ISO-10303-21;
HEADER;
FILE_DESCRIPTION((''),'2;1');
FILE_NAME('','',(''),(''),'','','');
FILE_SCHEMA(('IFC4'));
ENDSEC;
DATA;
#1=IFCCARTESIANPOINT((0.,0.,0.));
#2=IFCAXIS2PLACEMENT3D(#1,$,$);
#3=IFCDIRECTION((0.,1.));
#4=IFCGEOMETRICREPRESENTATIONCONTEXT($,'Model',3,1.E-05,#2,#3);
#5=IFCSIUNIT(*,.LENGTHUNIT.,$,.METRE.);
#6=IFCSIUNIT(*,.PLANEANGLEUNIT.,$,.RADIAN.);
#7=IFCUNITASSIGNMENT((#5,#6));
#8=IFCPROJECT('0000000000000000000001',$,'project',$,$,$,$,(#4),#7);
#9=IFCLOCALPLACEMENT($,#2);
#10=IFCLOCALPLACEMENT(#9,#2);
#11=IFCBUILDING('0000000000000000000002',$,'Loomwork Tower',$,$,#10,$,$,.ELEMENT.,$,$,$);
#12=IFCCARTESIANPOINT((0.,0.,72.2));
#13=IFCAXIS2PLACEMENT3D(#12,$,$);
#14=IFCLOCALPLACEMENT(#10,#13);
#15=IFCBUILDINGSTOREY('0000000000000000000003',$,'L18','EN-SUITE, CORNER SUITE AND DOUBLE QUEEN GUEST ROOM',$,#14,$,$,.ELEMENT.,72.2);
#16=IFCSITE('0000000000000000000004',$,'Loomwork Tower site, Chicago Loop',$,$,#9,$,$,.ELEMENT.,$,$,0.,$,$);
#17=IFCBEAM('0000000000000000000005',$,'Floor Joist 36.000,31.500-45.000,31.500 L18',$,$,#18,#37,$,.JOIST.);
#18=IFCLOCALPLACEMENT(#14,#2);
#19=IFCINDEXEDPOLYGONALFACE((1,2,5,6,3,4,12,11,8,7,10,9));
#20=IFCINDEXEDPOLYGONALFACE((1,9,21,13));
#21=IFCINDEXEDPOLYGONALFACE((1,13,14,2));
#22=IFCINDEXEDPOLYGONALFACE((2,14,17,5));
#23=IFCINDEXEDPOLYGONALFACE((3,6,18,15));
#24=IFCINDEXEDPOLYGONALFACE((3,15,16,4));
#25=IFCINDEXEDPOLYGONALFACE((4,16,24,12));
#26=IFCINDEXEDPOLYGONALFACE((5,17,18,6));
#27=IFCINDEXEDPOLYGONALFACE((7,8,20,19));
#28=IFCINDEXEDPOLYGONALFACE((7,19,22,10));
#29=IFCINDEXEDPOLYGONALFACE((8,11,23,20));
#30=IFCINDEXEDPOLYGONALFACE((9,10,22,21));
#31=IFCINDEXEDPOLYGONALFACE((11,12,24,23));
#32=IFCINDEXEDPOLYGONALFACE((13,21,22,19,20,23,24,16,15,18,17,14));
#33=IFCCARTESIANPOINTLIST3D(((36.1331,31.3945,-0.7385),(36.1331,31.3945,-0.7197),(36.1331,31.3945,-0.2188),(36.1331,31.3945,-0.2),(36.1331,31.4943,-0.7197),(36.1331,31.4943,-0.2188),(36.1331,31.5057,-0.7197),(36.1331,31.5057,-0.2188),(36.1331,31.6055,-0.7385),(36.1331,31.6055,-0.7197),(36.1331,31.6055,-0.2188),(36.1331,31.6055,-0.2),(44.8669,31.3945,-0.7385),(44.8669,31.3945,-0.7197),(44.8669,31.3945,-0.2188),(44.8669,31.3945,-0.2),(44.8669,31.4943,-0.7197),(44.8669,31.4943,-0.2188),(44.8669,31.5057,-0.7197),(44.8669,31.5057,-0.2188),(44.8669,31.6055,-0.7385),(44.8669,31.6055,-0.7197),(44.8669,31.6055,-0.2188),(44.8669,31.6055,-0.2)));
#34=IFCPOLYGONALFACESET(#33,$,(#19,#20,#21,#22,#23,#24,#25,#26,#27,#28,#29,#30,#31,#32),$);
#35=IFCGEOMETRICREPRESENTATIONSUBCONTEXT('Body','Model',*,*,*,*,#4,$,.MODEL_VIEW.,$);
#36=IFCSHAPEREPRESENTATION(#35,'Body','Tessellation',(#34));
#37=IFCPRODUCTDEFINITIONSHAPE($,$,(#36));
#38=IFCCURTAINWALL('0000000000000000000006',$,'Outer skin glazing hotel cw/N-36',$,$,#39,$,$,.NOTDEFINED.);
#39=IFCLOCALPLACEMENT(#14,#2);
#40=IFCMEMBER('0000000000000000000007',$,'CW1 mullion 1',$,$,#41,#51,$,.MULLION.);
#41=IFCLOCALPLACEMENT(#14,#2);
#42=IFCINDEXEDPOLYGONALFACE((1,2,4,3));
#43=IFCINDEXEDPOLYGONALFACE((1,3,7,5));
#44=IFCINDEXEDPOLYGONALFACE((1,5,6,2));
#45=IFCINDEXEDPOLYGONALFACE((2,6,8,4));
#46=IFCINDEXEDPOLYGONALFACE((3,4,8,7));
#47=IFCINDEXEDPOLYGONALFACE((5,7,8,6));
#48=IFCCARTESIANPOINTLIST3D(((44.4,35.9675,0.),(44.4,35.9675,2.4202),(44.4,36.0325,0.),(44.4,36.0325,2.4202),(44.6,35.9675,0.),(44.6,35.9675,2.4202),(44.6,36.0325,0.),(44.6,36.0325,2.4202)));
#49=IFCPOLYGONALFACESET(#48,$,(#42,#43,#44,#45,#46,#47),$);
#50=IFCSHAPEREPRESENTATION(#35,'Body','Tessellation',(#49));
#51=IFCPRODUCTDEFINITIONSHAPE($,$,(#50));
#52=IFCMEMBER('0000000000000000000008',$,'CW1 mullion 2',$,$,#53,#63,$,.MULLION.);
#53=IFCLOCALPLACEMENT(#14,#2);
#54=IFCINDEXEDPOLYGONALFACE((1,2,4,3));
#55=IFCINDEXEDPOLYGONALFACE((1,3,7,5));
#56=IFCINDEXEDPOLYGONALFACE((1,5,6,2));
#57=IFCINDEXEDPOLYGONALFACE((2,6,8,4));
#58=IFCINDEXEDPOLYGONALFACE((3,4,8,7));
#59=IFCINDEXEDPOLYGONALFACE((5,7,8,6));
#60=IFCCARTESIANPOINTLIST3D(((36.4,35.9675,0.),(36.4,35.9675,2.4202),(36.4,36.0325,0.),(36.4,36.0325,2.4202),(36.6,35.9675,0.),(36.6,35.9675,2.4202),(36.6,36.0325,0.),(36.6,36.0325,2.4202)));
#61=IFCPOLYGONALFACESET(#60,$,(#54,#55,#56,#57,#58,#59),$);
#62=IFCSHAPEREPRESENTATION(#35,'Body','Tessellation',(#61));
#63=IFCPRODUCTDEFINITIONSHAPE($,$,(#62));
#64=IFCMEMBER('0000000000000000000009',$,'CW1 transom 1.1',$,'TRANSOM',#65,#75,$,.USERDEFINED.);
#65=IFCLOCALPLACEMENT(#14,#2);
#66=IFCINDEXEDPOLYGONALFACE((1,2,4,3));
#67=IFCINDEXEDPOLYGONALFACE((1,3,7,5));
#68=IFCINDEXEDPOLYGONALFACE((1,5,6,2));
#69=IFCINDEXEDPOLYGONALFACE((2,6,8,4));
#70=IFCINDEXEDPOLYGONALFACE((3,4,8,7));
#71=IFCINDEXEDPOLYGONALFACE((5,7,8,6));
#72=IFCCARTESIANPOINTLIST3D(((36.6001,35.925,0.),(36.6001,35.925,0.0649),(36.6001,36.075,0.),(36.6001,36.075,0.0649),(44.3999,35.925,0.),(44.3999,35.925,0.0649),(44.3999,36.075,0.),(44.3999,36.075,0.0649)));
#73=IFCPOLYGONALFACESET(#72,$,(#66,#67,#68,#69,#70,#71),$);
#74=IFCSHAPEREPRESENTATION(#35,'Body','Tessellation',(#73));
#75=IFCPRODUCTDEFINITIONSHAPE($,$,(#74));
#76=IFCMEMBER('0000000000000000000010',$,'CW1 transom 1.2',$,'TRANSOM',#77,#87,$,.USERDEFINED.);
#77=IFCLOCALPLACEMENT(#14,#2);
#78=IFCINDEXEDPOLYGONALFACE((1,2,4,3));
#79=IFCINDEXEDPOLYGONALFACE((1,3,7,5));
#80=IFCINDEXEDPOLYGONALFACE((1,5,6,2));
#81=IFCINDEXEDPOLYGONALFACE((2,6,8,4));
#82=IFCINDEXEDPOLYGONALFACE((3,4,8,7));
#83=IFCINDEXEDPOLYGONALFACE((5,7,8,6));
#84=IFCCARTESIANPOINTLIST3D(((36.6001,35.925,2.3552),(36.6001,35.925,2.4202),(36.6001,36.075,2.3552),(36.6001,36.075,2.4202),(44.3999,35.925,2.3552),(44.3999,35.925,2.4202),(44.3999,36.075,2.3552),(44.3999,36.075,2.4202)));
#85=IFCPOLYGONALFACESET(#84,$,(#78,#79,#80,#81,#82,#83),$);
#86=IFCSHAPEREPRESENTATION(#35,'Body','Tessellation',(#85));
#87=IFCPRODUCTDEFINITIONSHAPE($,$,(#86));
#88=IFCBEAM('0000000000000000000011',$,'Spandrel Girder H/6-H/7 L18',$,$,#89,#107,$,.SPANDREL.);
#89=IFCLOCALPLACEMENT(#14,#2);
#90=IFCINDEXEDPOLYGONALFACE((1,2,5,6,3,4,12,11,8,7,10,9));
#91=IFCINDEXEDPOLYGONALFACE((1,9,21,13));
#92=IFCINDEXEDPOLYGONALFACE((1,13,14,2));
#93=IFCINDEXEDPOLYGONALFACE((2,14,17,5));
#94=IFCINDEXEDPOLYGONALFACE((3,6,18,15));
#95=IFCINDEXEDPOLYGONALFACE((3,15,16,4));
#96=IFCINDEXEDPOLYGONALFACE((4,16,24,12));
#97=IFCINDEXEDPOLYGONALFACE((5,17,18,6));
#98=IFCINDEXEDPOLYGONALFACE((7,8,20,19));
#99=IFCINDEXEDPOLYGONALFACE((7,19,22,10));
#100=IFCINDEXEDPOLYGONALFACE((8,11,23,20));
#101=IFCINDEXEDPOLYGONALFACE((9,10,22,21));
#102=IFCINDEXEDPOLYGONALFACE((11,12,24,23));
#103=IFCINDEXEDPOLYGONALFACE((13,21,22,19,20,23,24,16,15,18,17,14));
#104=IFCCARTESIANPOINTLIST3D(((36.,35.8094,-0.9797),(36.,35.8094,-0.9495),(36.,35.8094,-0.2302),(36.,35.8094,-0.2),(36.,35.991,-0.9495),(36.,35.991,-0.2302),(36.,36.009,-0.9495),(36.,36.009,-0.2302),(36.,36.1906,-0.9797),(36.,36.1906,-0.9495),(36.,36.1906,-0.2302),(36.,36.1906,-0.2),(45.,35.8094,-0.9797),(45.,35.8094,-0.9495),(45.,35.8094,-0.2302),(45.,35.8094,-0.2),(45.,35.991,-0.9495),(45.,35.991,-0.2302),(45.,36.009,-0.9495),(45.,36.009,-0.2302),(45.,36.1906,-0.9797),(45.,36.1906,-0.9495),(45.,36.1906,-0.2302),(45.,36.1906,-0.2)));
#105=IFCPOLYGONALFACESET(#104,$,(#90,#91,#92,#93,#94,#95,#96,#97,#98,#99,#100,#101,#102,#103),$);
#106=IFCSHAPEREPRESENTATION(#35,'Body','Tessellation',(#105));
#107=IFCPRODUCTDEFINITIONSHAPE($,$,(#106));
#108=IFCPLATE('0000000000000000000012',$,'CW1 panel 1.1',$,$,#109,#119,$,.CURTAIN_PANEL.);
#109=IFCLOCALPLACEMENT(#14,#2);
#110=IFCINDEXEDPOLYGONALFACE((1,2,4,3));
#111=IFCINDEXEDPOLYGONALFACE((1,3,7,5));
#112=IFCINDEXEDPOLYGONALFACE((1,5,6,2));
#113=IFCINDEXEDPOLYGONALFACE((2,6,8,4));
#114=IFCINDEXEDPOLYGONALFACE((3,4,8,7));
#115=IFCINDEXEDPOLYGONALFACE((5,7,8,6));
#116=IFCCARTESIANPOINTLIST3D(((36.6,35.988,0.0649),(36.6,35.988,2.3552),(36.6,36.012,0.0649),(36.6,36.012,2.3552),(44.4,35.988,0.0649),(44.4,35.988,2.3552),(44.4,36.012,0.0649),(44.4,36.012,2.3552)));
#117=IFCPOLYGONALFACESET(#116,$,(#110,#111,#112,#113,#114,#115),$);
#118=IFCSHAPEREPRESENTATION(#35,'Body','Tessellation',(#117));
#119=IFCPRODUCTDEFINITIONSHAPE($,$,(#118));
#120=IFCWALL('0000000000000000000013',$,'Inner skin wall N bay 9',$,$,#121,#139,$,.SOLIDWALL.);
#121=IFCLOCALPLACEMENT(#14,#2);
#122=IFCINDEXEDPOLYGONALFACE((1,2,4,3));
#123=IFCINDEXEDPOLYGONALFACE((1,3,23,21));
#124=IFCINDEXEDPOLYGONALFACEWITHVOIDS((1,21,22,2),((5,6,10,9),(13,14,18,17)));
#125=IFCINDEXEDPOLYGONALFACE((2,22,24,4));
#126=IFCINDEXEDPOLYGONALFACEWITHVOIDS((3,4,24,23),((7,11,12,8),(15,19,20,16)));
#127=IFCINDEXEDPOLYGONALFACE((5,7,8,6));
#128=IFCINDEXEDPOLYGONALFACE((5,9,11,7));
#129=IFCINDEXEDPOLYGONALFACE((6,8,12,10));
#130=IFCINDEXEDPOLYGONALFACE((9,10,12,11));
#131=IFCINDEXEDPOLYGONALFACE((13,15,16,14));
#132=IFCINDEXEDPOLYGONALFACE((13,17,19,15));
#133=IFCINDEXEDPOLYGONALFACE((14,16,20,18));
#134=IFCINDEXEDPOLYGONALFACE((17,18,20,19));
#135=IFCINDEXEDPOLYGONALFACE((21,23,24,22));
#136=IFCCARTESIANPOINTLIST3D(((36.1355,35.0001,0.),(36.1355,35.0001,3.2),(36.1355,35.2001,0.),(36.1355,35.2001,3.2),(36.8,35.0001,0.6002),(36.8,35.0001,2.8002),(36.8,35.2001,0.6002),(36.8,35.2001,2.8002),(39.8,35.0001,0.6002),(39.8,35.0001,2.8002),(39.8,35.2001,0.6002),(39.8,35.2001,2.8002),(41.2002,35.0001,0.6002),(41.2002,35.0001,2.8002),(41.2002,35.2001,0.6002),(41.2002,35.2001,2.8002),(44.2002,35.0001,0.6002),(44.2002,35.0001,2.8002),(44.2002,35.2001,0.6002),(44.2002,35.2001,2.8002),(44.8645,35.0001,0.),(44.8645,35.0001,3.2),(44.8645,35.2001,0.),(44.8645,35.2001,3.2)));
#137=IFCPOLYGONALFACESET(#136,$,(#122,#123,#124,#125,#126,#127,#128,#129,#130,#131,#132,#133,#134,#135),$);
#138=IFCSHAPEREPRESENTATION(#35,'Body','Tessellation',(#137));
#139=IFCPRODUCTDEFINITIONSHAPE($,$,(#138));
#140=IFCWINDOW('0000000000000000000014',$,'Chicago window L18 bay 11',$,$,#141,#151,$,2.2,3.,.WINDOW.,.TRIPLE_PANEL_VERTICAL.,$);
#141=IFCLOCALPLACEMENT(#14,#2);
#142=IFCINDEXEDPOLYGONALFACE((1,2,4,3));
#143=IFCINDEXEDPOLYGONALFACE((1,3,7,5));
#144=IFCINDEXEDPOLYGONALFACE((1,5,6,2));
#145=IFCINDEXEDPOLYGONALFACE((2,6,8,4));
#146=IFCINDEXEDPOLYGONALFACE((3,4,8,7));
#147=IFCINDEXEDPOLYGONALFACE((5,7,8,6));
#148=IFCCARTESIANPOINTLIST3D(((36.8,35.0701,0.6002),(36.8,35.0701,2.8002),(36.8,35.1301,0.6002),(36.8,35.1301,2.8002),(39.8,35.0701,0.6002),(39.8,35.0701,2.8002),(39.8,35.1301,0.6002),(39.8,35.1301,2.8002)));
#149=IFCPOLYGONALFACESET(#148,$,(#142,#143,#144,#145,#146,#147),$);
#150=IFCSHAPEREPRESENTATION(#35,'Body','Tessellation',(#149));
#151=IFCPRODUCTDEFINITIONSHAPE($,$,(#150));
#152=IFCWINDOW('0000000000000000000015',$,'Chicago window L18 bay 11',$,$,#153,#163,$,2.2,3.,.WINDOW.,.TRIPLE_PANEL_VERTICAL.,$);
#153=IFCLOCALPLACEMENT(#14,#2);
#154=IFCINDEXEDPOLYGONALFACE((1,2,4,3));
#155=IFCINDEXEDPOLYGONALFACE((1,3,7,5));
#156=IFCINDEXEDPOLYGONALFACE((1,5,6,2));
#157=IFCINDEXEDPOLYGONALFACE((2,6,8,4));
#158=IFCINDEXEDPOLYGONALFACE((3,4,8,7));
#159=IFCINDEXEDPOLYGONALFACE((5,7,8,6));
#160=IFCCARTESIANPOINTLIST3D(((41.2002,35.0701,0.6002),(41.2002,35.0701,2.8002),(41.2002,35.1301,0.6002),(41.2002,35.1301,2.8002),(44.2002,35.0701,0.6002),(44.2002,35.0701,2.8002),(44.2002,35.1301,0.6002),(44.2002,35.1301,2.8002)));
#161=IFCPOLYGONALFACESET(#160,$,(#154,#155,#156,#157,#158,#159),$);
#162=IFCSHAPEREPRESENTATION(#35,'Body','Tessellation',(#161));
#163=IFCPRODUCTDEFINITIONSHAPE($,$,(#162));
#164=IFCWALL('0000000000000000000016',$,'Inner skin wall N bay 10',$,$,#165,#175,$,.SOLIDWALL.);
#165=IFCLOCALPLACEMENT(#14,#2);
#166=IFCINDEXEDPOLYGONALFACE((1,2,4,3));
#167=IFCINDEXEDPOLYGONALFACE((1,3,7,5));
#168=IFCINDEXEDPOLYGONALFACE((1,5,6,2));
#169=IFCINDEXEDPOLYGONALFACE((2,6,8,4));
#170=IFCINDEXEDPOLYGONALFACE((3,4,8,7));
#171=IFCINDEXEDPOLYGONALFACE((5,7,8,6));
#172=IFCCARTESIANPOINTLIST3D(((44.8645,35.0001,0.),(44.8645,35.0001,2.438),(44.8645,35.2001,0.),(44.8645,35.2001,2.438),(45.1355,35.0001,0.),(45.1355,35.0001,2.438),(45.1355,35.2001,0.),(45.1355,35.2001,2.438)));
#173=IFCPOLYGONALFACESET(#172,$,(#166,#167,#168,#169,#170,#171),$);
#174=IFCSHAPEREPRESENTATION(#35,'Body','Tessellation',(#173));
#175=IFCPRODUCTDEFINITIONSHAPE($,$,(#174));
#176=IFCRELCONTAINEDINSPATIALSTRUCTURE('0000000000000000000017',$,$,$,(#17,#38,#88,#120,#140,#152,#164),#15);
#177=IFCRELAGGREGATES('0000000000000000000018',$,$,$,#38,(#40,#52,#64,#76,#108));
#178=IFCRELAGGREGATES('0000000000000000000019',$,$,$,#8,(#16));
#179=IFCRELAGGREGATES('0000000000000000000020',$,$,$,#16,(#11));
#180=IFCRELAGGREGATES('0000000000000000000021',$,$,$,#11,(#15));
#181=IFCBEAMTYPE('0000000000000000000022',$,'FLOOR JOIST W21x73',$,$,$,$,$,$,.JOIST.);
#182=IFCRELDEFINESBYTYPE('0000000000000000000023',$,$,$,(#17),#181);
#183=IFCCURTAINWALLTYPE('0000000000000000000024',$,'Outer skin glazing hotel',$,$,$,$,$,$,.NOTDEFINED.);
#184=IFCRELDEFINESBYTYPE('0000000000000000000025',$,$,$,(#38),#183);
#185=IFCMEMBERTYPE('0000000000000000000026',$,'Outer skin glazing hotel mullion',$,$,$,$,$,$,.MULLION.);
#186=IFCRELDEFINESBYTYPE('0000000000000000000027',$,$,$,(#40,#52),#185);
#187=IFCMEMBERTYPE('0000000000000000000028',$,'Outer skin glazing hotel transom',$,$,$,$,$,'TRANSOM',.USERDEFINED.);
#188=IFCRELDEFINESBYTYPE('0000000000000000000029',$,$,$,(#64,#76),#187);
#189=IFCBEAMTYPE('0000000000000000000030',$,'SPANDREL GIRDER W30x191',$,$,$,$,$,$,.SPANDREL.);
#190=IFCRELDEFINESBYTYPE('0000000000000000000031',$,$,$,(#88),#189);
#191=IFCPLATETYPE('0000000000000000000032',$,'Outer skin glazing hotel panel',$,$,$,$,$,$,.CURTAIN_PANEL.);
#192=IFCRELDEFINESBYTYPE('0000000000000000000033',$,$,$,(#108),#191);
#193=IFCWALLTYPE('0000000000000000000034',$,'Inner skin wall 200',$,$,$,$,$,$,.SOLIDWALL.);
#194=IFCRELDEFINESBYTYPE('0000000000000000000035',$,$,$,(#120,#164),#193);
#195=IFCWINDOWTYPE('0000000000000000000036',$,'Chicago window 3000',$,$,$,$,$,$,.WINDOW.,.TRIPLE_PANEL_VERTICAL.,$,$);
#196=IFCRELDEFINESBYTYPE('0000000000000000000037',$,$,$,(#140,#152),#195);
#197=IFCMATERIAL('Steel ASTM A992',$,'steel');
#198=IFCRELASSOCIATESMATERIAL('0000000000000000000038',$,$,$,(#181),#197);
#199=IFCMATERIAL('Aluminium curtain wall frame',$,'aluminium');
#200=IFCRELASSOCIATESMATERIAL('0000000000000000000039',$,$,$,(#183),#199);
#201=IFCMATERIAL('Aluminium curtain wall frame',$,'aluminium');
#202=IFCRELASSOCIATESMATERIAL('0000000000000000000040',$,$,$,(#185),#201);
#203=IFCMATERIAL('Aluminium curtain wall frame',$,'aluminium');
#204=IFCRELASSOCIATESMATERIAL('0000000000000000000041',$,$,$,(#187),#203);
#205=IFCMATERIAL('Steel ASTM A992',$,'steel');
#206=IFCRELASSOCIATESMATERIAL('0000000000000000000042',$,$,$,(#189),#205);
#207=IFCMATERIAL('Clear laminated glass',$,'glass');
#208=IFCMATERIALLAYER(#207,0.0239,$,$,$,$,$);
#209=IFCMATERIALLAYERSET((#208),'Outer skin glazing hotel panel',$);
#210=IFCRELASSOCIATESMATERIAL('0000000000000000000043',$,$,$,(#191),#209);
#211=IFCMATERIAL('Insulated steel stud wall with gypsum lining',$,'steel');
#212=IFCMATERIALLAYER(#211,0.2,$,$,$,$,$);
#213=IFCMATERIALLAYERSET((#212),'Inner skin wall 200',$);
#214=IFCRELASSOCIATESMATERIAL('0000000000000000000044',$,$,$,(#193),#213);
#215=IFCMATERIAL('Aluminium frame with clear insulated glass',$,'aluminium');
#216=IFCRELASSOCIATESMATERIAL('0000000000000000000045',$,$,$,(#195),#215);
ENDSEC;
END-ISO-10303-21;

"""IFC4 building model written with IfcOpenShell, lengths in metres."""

from ifc_helpers import new_model, si_unit, direction, frame, frame_2d, origin, origin_2d, place, context, subcontext, project, spatial, rectangle, i_section, extrude, material, layer, layer_set, material_profile, profile_set, type_object, element, fill, aggregate, save


model = new_model("IFC4")

# Units and contexts
model_context = context("Model", 3, precision=1e-05, world=origin(), true_north=direction((0.0, 1.0)))
body_context = subcontext(model_context, "Body", "Model", "MODEL_VIEW")
ifc_project = project(units=[si_unit("LENGTHUNIT", "METRE"), si_unit("PLANEANGLEUNIT", "RADIAN")], contexts=[model_context])

# Site, building, storey
site_placement = place(None, origin())
site = spatial("IfcSite", under=ifc_project, at=site_placement, Name="Loomwork Tower site, Chicago Loop", CompositionType="ELEMENT", RefElevation=0.0)
building_placement = place(site_placement, origin())
building = spatial("IfcBuilding", under=site, at=building_placement, Name="Loomwork Tower", CompositionType="ELEMENT")
storey_placement = place(building_placement, frame((0.0, 0.0, 72.2)))
storey = spatial("IfcBuildingStorey", under=building, at=storey_placement, Name="L18", Description="EN-SUITE, CORNER SUITE AND DOUBLE QUEEN GUEST ROOM", CompositionType="ELEMENT", Elevation=72.2)

# Beam
ifc_material_1 = material(Name="Steel ASTM A992", Category="steel")
ifc_material_profile_1 = material_profile(ifc_material_1, i_section(OverallWidth=0.2109, OverallDepth=0.5386, WebThickness=0.0115, FlangeThickness=0.0188, at=origin_2d()), Name="W21x73")
ifc_profile_set_1 = profile_set([ifc_material_profile_1], Name="Steel ASTM A992")
beam_type_1 = type_object("IfcBeamType", Name="FLOOR JOIST W21x73", PredefinedType="JOIST", material=ifc_profile_set_1)
beam_1_placement = place(storey_placement, frame((36.1331, 31.5, -0.4692), z_axis=(1.0, 0.0, 0.0), x_axis=(0.0, 1.0, 0.0)))
element("IfcBeam", 1, at=beam_1_placement, inside=storey, type_object=beam_type_1, Name="Floor Joist 36.000,31.500-45.000,31.500 L18", PredefinedType="JOIST", context=body_context, shape_type="SweptSolid", body=[
    extrude(i_section(OverallWidth=0.2109, OverallDepth=0.5386, WebThickness=0.0115, FlangeThickness=0.0188, at=origin_2d()), origin(), (0.0, 0.0, 1.0), 8.7339),
])

# Curtain wall, members
ifc_material_2 = material(Name="Aluminium curtain wall frame", Category="aluminium")
curtain_wall_type = type_object("IfcCurtainWallType", Name="Outer skin glazing hotel", PredefinedType="NOTDEFINED", material=ifc_material_2)
curtain_wall_placement = place(storey_placement, origin())
curtain_wall = element("IfcCurtainWall", 2, at=curtain_wall_placement, inside=storey, type_object=curtain_wall_type, Name="Outer skin glazing hotel cw/N-36", PredefinedType="NOTDEFINED")
ifc_material_3 = material(Name="Aluminium curtain wall frame", Category="aluminium")
ifc_material_profile_2 = material_profile(ifc_material_3, rectangle(XDim=0.0649, YDim=0.2, at=origin_2d()), Name="AL 65x200")
ifc_profile_set_2 = profile_set([ifc_material_profile_2], Name="Aluminium curtain wall frame")
member_type_1 = type_object("IfcMemberType", Name="Outer skin glazing hotel mullion", PredefinedType="MULLION", material=ifc_profile_set_2)
member_1_placement = place(storey_placement, frame((44.5, 36.0, 0.0), z_axis=(0.0, 0.0, 1.0), x_axis=(0.0, -1.0, 0.0)))
member_1 = element("IfcMember", 3, at=member_1_placement, type_object=member_type_1, Name="CW1 mullion 1", PredefinedType="MULLION", context=body_context, shape_type="SweptSolid", body=[
    extrude(rectangle(XDim=0.0649, YDim=0.2, at=origin_2d()), origin(), (0.0, 0.0, 1.0), 2.4202),
])
member_2_placement = place(storey_placement, frame((36.5, 36.0, 0.0), z_axis=(0.0, 0.0, 1.0), x_axis=(0.0, -1.0, 0.0)))
member_2 = element("IfcMember", 4, at=member_2_placement, type_object=member_type_1, Name="CW1 mullion 2", PredefinedType="MULLION", context=body_context, shape_type="SweptSolid", body=[
    extrude(rectangle(XDim=0.0649, YDim=0.2, at=origin_2d()), origin(), (0.0, 0.0, 1.0), 2.4202),
])
ifc_material_4 = material(Name="Aluminium curtain wall frame", Category="aluminium")
ifc_material_profile_3 = material_profile(ifc_material_4, rectangle(XDim=0.1499, YDim=0.0649, at=origin_2d()), Name="AL 65x150")
ifc_profile_set_3 = profile_set([ifc_material_profile_3], Name="Aluminium curtain wall frame")
member_type_2 = type_object("IfcMemberType", Name="Outer skin glazing hotel transom", ElementType="TRANSOM", PredefinedType="USERDEFINED", material=ifc_profile_set_3)
member_3_placement = place(storey_placement, frame((44.3999, 36.0, 0.0325), z_axis=(-1.0, 0.0, 0.0), x_axis=(0.0, -1.0, 0.0)))
member_3 = element("IfcMember", 5, at=member_3_placement, type_object=member_type_2, Name="CW1 transom 1.1", ObjectType="TRANSOM", PredefinedType="USERDEFINED", context=body_context, shape_type="SweptSolid", body=[
    extrude(rectangle(XDim=0.1499, YDim=0.0649, at=origin_2d()), origin(), (0.0, 0.0, 1.0), 7.7998),
])
member_4_placement = place(storey_placement, frame((44.3999, 36.0, 2.3877), z_axis=(-1.0, 0.0, 0.0), x_axis=(0.0, -1.0, 0.0)))
member_4 = element("IfcMember", 6, at=member_4_placement, type_object=member_type_2, Name="CW1 transom 1.2", ObjectType="TRANSOM", PredefinedType="USERDEFINED", context=body_context, shape_type="SweptSolid", body=[
    extrude(rectangle(XDim=0.1499, YDim=0.0649, at=origin_2d()), origin(), (0.0, 0.0, 1.0), 7.7998),
])

# Beam
ifc_material_5 = material(Name="Steel ASTM A992", Category="steel")
ifc_material_profile_4 = material_profile(ifc_material_5, i_section(OverallWidth=0.3811, OverallDepth=0.7798, WebThickness=0.0181, FlangeThickness=0.0303, at=origin_2d()), Name="W30x191")
ifc_profile_set_4 = profile_set([ifc_material_profile_4], Name="Steel ASTM A992")
beam_type_2 = type_object("IfcBeamType", Name="SPANDREL GIRDER W30x191", PredefinedType="SPANDREL", material=ifc_profile_set_4)
beam_2_placement = place(storey_placement, frame((36.0, 36.0, -0.5898), z_axis=(1.0, 0.0, 0.0), x_axis=(0.0, 1.0, 0.0)))
element("IfcBeam", 7, at=beam_2_placement, inside=storey, type_object=beam_type_2, Name="Spandrel Girder H/6-H/7 L18", PredefinedType="SPANDREL", context=body_context, shape_type="SweptSolid", body=[
    extrude(i_section(OverallWidth=0.3811, OverallDepth=0.7798, WebThickness=0.0181, FlangeThickness=0.0303, at=origin_2d()), origin(), (0.0, 0.0, 1.0), 9.0),
])

# Plate
ifc_material_6 = material(Name="Clear laminated glass", Category="glass")
ifc_layer_1 = layer(ifc_material_6, 0.0239)
ifc_layer_set_1 = layer_set([ifc_layer_1], Name="Outer skin glazing hotel panel")
plate_type = type_object("IfcPlateType", Name="Outer skin glazing hotel panel", PredefinedType="CURTAIN_PANEL", material=ifc_layer_set_1)
plate_placement = place(storey_placement, frame((40.5, 36.0, 0.0649), z_axis=(0.0, 0.0, 1.0), x_axis=(-1.0, 0.0, 0.0)))
plate = element("IfcPlate", 8, at=plate_placement, type_object=plate_type, Name="CW1 panel 1.1", PredefinedType="CURTAIN_PANEL", context=body_context, shape_type="SweptSolid", body=[
    extrude(rectangle(XDim=7.8, YDim=0.0239, at=origin_2d()), origin(), (0.0, 0.0, 1.0), 2.2903),
])
aggregate(curtain_wall, [member_1, member_2, member_3, member_4, plate])

# Wall, openings, windows
ifc_material_7 = material(Name="Insulated steel stud wall with gypsum lining", Category="steel")
ifc_layer_2 = layer(ifc_material_7, 0.2)
ifc_layer_set_2 = layer_set([ifc_layer_2], Name="Inner skin wall 200")
wall_type = type_object("IfcWallType", Name="Inner skin wall 200", PredefinedType="SOLIDWALL", material=ifc_layer_set_2)
wall_1_placement = place(storey_placement, frame((36.1355, 35.1001, 0.0), z_axis=(0.0, 0.0, 1.0), x_axis=(1.0, 0.0, 0.0)))
wall_1 = element("IfcWall", 9, at=wall_1_placement, inside=storey, type_object=wall_type, Name="Inner skin wall N bay 9", PredefinedType="SOLIDWALL", context=body_context, shape_type="SweptSolid", body=[
    extrude(rectangle(XDim=8.729, YDim=0.2, at=frame_2d((4.3645, 0.0))), origin(), (0.0, 0.0, 1.0), 3.2),
])
opening_1_placement = place(wall_1_placement, frame((0.6646, 0.0, 0.6001)))
opening_1 = element("IfcOpeningElement", 10, at=opening_1_placement, cuts=wall_1, PredefinedType="OPENING", context=body_context, shape_type="SweptSolid", body=[
    extrude(rectangle(XDim=3.0, YDim=2.2, at=frame_2d((1.5, 1.1001))), frame((0.0, 0.1099, 0.0), z_axis=(0.0, -1.0, 0.0), x_axis=(1.0, 0.0, 0.0)), (0.0, 0.0, 1.0), 0.22),
])
opening_2_placement = place(wall_1_placement, frame((5.0647, 0.0, 0.6001)))
opening_2 = element("IfcOpeningElement", 11, at=opening_2_placement, cuts=wall_1, PredefinedType="OPENING", context=body_context, shape_type="SweptSolid", body=[
    extrude(rectangle(XDim=3.0, YDim=2.2, at=frame_2d((1.5, 1.1001))), frame((0.0, 0.1099, 0.0), z_axis=(0.0, -1.0, 0.0), x_axis=(1.0, 0.0, 0.0)), (0.0, 0.0, 1.0), 0.22),
])
ifc_material_8 = material(Name="Aluminium frame with clear insulated glass", Category="aluminium")
window_type = type_object("IfcWindowType", Name="Chicago window 3000", PartitioningType="TRIPLE_PANEL_VERTICAL", PredefinedType="WINDOW", material=ifc_material_8)
window_1_placement = place(opening_1_placement, origin())
window_1 = element("IfcWindow", 12, at=window_1_placement, inside=storey, type_object=window_type, Name="Chicago window L18 bay 11", OverallHeight=2.2, OverallWidth=3.0, PartitioningType="TRIPLE_PANEL_VERTICAL", PredefinedType="WINDOW", context=body_context, shape_type="SweptSolid", body=[
    extrude(rectangle(XDim=3.0, YDim=2.2, at=frame_2d((1.5, 1.1001))), frame((0.0, 0.03, 0.0), z_axis=(0.0, -1.0, 0.0), x_axis=(1.0, 0.0, 0.0)), (0.0, 0.0, 1.0), 0.0601),
])
fill(opening_1, window_1)
window_2_placement = place(opening_2_placement, origin())
window_2 = element("IfcWindow", 13, at=window_2_placement, inside=storey, type_object=window_type, Name="Chicago window L18 bay 11", OverallHeight=2.2, OverallWidth=3.0, PartitioningType="TRIPLE_PANEL_VERTICAL", PredefinedType="WINDOW", context=body_context, shape_type="SweptSolid", body=[
    extrude(rectangle(XDim=3.0, YDim=2.2, at=frame_2d((1.5, 1.1001))), frame((0.0, 0.03, 0.0), z_axis=(0.0, -1.0, 0.0), x_axis=(1.0, 0.0, 0.0)), (0.0, 0.0, 1.0), 0.0601),
])
fill(opening_2, window_2)

# Wall
wall_2_placement = place(storey_placement, frame((44.8645, 35.1001, 0.0), z_axis=(0.0, 0.0, 1.0), x_axis=(1.0, 0.0, 0.0)))
element("IfcWall", 14, at=wall_2_placement, inside=storey, type_object=wall_type, Name="Inner skin wall N bay 10", PredefinedType="SOLIDWALL", context=body_context, shape_type="SweptSolid", body=[
    extrude(rectangle(XDim=0.271, YDim=0.2, at=frame_2d((0.1355, 0.0))), origin(), (0.0, 0.0, 1.0), 2.438),
])

save(model, "model.ifc")
